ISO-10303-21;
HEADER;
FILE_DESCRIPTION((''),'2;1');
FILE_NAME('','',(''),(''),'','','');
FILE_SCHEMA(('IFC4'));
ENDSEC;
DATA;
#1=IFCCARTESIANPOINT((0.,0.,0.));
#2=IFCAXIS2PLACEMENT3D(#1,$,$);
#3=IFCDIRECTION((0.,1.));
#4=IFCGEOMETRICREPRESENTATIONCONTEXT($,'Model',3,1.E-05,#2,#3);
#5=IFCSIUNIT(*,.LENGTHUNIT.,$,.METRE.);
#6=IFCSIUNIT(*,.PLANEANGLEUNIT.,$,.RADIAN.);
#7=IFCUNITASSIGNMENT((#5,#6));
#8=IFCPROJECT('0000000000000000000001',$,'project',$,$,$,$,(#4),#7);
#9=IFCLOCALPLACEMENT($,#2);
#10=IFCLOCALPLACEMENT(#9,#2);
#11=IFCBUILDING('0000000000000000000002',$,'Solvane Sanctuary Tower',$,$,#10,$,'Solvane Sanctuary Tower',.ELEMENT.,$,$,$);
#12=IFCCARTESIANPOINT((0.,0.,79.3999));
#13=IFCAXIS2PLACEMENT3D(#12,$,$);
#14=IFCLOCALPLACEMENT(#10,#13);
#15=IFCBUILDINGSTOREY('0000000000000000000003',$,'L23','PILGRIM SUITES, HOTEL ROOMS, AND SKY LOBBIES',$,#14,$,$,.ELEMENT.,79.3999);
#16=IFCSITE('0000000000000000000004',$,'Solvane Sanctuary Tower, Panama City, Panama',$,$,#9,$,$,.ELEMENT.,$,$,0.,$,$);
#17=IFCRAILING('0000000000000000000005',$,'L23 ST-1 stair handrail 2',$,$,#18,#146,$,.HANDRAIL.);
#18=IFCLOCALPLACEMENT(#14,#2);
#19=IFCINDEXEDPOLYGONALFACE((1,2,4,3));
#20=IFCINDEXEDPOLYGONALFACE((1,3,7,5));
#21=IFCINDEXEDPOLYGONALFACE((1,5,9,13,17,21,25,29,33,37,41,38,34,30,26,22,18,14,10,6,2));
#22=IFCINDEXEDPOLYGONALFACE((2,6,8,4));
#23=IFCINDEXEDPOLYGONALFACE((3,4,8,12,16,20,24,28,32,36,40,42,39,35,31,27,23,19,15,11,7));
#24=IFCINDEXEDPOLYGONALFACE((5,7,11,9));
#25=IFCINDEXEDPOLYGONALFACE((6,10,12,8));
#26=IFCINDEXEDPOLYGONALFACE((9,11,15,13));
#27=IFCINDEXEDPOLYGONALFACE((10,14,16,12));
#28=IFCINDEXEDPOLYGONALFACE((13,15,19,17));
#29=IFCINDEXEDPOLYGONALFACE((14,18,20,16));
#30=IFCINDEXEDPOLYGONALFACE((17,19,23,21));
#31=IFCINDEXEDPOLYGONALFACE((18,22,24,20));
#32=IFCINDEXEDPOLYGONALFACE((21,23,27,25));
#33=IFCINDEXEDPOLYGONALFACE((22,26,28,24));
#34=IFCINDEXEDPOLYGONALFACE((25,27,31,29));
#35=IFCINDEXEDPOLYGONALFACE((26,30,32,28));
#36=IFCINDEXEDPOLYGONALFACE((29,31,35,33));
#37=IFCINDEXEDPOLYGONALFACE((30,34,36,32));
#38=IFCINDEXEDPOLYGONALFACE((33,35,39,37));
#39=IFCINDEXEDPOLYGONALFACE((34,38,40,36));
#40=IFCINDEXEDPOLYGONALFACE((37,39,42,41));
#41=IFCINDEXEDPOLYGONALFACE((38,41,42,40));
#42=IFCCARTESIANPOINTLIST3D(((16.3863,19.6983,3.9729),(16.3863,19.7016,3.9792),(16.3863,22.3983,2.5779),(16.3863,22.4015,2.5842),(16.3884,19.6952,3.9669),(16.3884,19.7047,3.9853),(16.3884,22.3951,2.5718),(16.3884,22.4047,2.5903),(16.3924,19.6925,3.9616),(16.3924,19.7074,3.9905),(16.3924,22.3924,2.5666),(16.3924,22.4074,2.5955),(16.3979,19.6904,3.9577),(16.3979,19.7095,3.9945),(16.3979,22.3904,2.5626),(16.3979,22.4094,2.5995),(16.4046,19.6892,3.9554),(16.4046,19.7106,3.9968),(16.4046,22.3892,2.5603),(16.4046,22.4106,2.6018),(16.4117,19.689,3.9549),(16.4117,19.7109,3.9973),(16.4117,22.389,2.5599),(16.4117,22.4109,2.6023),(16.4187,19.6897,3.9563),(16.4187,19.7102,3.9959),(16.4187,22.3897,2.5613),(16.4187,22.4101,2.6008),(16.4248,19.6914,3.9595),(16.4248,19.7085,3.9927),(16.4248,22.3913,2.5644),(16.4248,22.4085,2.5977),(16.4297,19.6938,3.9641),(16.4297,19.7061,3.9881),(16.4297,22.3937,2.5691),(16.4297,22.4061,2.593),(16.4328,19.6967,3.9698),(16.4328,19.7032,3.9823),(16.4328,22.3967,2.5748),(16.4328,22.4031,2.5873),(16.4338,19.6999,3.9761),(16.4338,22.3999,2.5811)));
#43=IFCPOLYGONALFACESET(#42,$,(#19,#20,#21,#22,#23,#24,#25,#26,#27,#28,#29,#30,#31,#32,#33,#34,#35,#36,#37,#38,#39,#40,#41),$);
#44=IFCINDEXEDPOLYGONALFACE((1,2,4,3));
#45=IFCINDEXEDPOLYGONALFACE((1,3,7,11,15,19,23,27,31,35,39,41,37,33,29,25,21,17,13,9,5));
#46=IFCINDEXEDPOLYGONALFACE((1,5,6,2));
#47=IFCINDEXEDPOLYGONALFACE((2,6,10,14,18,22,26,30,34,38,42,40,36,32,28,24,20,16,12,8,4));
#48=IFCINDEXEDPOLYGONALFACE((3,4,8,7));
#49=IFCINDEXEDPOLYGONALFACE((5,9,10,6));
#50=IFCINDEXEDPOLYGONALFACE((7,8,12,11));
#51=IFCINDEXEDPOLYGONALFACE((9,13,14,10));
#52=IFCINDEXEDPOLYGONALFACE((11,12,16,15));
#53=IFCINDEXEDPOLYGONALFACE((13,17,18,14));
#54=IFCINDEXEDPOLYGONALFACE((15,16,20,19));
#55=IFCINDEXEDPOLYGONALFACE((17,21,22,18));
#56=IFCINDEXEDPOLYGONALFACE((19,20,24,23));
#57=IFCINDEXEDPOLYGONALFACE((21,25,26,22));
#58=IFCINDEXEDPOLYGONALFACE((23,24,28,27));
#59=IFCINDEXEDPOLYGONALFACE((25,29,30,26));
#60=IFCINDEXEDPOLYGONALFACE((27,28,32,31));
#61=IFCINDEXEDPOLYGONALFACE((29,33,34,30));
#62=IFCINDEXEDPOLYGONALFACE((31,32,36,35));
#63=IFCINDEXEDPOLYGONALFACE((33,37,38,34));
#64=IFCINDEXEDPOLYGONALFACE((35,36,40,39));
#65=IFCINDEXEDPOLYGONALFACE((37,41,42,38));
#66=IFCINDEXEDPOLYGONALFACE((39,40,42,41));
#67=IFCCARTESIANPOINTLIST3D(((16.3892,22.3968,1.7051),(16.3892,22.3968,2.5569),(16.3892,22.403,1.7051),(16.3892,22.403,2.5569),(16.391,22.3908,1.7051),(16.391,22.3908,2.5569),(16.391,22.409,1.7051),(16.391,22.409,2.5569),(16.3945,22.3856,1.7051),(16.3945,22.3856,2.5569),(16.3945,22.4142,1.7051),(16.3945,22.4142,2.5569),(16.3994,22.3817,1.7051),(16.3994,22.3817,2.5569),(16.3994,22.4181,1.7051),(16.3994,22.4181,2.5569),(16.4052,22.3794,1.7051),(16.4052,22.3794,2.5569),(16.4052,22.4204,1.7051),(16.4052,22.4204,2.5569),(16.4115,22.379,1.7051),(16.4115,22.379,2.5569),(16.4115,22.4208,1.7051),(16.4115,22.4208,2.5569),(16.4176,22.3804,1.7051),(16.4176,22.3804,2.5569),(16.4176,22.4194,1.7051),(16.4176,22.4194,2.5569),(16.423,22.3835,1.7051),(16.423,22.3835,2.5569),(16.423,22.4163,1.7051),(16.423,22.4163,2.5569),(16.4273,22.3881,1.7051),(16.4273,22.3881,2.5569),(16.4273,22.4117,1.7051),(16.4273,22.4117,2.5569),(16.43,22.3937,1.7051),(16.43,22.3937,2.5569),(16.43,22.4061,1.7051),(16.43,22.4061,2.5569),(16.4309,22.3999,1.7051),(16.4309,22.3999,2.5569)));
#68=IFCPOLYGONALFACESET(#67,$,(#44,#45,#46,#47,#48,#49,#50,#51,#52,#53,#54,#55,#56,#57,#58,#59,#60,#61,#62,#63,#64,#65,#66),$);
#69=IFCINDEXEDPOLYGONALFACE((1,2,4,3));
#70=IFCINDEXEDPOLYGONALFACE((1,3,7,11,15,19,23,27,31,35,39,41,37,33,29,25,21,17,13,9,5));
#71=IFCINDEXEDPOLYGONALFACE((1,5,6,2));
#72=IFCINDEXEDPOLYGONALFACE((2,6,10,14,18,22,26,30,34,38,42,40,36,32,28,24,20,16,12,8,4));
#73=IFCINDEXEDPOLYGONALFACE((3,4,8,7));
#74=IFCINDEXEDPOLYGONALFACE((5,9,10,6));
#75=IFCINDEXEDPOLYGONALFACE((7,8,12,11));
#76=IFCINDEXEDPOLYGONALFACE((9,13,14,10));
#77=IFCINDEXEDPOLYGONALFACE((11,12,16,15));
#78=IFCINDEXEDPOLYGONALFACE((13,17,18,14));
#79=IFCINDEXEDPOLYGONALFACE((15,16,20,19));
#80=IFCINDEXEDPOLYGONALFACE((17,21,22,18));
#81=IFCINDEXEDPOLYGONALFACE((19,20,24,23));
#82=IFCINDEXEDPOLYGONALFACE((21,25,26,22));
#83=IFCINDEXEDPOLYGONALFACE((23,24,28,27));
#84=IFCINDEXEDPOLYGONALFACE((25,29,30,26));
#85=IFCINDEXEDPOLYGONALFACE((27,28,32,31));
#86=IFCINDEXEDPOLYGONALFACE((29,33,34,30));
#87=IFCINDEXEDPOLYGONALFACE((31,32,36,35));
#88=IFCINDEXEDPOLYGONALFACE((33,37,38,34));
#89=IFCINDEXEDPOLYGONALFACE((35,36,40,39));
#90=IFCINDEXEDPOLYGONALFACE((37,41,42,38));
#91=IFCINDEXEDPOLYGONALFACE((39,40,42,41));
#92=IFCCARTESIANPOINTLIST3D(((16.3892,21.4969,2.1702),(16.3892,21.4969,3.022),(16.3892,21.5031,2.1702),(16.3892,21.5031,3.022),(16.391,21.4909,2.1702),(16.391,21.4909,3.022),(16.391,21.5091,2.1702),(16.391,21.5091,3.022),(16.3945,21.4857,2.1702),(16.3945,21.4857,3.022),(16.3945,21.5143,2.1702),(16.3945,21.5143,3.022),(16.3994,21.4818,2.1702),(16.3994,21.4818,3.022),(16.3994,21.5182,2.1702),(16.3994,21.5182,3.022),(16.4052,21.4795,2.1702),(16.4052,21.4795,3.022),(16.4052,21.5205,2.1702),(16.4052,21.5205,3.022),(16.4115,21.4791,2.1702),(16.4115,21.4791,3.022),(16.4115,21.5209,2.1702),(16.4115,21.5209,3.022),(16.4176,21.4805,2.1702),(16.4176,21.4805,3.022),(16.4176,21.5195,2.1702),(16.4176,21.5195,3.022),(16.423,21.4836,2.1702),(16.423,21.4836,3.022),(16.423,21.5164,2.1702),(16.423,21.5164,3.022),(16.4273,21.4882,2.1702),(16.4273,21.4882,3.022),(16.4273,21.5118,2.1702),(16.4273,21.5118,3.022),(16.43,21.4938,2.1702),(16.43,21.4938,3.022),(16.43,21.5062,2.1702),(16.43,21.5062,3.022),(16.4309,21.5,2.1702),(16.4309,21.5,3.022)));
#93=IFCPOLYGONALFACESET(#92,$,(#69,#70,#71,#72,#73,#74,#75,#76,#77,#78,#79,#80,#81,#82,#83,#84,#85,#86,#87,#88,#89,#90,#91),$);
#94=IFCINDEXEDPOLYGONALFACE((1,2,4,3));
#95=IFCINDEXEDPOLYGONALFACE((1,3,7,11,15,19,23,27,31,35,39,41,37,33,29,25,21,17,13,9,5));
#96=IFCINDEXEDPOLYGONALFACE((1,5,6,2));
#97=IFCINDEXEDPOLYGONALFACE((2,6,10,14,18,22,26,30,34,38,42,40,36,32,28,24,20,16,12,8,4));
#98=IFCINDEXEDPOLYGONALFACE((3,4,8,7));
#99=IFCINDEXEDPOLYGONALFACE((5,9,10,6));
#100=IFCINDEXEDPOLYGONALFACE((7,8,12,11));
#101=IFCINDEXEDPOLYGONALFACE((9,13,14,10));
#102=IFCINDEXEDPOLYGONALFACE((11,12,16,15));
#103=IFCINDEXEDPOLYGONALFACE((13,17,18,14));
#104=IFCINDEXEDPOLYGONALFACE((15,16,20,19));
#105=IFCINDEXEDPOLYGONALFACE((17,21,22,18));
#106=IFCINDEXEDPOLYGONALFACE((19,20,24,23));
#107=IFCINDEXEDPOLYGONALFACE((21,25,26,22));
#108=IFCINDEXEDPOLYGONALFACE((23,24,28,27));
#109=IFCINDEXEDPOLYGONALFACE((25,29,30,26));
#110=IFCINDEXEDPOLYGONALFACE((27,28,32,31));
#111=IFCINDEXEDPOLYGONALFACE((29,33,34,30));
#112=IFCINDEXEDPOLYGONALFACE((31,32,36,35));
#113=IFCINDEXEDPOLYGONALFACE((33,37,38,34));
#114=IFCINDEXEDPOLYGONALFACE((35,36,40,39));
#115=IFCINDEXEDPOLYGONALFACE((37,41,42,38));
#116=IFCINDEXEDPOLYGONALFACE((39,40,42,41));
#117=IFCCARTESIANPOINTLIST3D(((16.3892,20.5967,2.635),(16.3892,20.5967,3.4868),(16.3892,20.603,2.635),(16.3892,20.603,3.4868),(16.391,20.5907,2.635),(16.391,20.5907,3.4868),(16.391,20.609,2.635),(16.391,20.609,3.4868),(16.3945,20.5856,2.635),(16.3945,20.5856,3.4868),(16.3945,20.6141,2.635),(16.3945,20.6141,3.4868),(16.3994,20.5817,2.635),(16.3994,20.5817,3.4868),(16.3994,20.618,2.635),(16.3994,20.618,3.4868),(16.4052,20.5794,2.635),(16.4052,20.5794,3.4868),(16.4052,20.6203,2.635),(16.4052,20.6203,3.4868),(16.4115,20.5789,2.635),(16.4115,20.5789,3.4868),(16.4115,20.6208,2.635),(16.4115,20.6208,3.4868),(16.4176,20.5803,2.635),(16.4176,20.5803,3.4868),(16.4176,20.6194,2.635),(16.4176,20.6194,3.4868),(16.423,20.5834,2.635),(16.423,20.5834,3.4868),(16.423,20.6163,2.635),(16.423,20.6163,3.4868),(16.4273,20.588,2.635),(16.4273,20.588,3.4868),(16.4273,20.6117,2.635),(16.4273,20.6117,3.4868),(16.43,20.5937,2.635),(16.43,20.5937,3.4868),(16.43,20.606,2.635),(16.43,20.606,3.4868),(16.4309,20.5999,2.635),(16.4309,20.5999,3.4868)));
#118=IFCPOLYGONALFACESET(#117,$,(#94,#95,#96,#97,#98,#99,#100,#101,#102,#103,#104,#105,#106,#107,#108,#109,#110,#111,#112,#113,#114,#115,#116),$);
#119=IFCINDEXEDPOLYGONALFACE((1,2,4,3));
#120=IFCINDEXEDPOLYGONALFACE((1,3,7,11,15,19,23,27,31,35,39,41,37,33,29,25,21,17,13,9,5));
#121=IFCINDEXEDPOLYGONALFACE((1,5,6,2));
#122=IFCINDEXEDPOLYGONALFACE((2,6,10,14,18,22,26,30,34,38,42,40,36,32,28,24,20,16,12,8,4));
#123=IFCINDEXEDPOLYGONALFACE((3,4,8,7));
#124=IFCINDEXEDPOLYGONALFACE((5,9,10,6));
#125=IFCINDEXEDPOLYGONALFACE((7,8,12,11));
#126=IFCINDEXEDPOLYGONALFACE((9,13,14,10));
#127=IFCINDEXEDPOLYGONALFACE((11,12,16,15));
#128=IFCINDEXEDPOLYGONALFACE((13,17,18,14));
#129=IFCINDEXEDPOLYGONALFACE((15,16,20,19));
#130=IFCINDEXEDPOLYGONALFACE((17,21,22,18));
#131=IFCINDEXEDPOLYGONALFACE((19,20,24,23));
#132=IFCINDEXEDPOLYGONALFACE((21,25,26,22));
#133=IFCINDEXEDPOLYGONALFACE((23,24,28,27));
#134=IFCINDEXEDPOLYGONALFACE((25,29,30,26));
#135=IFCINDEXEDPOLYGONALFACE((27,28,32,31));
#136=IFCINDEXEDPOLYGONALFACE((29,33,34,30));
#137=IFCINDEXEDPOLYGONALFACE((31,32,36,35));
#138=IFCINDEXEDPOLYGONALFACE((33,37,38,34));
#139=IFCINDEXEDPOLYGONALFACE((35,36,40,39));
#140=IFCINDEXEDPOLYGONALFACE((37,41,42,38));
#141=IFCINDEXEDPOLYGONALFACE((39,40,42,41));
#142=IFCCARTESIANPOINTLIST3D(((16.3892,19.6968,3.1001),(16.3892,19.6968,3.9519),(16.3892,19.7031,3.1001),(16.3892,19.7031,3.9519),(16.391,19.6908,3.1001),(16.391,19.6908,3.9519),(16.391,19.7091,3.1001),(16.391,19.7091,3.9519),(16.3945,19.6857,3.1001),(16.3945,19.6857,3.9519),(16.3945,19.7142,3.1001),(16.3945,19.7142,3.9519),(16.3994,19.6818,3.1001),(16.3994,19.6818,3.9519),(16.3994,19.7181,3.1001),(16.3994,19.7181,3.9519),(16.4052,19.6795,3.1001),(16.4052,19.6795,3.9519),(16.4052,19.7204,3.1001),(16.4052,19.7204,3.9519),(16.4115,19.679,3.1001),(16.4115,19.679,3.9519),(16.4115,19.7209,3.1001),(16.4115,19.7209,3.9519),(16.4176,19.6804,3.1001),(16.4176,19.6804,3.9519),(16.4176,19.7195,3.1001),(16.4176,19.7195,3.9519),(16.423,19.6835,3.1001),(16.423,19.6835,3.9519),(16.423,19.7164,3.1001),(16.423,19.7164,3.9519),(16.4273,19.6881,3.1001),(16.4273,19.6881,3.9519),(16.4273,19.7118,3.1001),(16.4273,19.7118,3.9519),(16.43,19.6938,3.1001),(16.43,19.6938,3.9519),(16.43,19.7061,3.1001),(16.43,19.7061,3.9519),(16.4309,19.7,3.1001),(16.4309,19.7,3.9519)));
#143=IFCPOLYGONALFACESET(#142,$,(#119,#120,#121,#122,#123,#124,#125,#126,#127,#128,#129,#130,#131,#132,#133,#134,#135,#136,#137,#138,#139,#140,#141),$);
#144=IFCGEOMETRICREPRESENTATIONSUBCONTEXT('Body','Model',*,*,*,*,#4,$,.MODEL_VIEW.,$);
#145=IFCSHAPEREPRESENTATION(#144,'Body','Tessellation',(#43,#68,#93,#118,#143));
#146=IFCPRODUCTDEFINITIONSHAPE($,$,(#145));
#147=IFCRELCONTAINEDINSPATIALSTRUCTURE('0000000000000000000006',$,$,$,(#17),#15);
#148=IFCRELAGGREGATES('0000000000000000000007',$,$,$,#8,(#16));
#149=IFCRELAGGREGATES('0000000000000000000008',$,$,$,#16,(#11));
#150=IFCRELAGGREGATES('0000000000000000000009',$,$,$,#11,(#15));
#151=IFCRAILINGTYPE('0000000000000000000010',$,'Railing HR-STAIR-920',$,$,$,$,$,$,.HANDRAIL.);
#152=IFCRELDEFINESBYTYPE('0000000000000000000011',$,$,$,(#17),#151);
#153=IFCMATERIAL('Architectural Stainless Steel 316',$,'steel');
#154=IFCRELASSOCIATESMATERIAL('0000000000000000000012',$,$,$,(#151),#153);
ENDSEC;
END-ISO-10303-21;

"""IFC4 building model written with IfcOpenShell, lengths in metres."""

from ifc_helpers import new_model, si_unit, direction, frame, origin, origin_2d, place, context, subcontext, project, spatial, circle, extrude, material, type_object, element, save


model = new_model("IFC4")

# Units and contexts
model_context = context("Model", 3, precision=1e-05, world=origin(), true_north=direction((0.0, 1.0)))
body_context = subcontext(model_context, "Body", "Model", "MODEL_VIEW")
ifc_project = project(units=[si_unit("LENGTHUNIT", "METRE"), si_unit("PLANEANGLEUNIT", "RADIAN")], contexts=[model_context])

# Site, building, storey
site_placement = place(None, origin())
site = spatial("IfcSite", under=ifc_project, at=site_placement, Name="Solvane Sanctuary Tower, Panama City, Panama", CompositionType="ELEMENT", RefElevation=0.0)
building_placement = place(site_placement, origin())
building = spatial("IfcBuilding", under=site, at=building_placement, Name="Solvane Sanctuary Tower", LongName="Solvane Sanctuary Tower", CompositionType="ELEMENT")
storey_placement = place(building_placement, frame((0.0, 0.0, 79.3999)))
storey = spatial("IfcBuildingStorey", under=building, at=storey_placement, Name="L23", Description="PILGRIM SUITES, HOTEL ROOMS, AND SKY LOBBIES", CompositionType="ELEMENT", Elevation=79.3999)

# Railing
ifc_material_1 = material(Name="Architectural Stainless Steel 316", Category="steel")
railing_type_1 = type_object("IfcRailingType", Name="Railing HR-STAIR-920", PredefinedType="HANDRAIL", material=ifc_material_1)
railing_1_placement = place(storey_placement, frame((16.4099, 22.3999, 1.7051)))
element("IfcRailing", 1, at=railing_1_placement, inside=storey, type_object=railing_type_1, Name="L23 ST-1 stair handrail 2", PredefinedType="HANDRAIL", context=body_context, shape_type="SweptSolid", body=[
    extrude(circle(Radius=0.0239, at=origin_2d()), frame((0.0, 0.0, 0.876), z_axis=(0.0, -0.88842, 0.459032), x_axis=(1.0, 0.0, 0.0)), (0.0, 0.0, 1.0), 3.0391),
    extrude(circle(Radius=0.021, at=origin_2d()), origin(), (0.0, 0.0, 1.0), 0.8518),
    extrude(circle(Radius=0.021, at=origin_2d()), frame((0.0, -0.8999, 0.4651)), (0.0, 0.0, 1.0), 0.8518),
    extrude(circle(Radius=0.021, at=origin_2d()), frame((0.0, -1.8, 0.9299)), (0.0, 0.0, 1.0), 0.8518),
    extrude(circle(Radius=0.021, at=origin_2d()), frame((0.0, -2.7, 1.395)), (0.0, 0.0, 1.0), 0.8518),
])

save(model, "model.ifc")
